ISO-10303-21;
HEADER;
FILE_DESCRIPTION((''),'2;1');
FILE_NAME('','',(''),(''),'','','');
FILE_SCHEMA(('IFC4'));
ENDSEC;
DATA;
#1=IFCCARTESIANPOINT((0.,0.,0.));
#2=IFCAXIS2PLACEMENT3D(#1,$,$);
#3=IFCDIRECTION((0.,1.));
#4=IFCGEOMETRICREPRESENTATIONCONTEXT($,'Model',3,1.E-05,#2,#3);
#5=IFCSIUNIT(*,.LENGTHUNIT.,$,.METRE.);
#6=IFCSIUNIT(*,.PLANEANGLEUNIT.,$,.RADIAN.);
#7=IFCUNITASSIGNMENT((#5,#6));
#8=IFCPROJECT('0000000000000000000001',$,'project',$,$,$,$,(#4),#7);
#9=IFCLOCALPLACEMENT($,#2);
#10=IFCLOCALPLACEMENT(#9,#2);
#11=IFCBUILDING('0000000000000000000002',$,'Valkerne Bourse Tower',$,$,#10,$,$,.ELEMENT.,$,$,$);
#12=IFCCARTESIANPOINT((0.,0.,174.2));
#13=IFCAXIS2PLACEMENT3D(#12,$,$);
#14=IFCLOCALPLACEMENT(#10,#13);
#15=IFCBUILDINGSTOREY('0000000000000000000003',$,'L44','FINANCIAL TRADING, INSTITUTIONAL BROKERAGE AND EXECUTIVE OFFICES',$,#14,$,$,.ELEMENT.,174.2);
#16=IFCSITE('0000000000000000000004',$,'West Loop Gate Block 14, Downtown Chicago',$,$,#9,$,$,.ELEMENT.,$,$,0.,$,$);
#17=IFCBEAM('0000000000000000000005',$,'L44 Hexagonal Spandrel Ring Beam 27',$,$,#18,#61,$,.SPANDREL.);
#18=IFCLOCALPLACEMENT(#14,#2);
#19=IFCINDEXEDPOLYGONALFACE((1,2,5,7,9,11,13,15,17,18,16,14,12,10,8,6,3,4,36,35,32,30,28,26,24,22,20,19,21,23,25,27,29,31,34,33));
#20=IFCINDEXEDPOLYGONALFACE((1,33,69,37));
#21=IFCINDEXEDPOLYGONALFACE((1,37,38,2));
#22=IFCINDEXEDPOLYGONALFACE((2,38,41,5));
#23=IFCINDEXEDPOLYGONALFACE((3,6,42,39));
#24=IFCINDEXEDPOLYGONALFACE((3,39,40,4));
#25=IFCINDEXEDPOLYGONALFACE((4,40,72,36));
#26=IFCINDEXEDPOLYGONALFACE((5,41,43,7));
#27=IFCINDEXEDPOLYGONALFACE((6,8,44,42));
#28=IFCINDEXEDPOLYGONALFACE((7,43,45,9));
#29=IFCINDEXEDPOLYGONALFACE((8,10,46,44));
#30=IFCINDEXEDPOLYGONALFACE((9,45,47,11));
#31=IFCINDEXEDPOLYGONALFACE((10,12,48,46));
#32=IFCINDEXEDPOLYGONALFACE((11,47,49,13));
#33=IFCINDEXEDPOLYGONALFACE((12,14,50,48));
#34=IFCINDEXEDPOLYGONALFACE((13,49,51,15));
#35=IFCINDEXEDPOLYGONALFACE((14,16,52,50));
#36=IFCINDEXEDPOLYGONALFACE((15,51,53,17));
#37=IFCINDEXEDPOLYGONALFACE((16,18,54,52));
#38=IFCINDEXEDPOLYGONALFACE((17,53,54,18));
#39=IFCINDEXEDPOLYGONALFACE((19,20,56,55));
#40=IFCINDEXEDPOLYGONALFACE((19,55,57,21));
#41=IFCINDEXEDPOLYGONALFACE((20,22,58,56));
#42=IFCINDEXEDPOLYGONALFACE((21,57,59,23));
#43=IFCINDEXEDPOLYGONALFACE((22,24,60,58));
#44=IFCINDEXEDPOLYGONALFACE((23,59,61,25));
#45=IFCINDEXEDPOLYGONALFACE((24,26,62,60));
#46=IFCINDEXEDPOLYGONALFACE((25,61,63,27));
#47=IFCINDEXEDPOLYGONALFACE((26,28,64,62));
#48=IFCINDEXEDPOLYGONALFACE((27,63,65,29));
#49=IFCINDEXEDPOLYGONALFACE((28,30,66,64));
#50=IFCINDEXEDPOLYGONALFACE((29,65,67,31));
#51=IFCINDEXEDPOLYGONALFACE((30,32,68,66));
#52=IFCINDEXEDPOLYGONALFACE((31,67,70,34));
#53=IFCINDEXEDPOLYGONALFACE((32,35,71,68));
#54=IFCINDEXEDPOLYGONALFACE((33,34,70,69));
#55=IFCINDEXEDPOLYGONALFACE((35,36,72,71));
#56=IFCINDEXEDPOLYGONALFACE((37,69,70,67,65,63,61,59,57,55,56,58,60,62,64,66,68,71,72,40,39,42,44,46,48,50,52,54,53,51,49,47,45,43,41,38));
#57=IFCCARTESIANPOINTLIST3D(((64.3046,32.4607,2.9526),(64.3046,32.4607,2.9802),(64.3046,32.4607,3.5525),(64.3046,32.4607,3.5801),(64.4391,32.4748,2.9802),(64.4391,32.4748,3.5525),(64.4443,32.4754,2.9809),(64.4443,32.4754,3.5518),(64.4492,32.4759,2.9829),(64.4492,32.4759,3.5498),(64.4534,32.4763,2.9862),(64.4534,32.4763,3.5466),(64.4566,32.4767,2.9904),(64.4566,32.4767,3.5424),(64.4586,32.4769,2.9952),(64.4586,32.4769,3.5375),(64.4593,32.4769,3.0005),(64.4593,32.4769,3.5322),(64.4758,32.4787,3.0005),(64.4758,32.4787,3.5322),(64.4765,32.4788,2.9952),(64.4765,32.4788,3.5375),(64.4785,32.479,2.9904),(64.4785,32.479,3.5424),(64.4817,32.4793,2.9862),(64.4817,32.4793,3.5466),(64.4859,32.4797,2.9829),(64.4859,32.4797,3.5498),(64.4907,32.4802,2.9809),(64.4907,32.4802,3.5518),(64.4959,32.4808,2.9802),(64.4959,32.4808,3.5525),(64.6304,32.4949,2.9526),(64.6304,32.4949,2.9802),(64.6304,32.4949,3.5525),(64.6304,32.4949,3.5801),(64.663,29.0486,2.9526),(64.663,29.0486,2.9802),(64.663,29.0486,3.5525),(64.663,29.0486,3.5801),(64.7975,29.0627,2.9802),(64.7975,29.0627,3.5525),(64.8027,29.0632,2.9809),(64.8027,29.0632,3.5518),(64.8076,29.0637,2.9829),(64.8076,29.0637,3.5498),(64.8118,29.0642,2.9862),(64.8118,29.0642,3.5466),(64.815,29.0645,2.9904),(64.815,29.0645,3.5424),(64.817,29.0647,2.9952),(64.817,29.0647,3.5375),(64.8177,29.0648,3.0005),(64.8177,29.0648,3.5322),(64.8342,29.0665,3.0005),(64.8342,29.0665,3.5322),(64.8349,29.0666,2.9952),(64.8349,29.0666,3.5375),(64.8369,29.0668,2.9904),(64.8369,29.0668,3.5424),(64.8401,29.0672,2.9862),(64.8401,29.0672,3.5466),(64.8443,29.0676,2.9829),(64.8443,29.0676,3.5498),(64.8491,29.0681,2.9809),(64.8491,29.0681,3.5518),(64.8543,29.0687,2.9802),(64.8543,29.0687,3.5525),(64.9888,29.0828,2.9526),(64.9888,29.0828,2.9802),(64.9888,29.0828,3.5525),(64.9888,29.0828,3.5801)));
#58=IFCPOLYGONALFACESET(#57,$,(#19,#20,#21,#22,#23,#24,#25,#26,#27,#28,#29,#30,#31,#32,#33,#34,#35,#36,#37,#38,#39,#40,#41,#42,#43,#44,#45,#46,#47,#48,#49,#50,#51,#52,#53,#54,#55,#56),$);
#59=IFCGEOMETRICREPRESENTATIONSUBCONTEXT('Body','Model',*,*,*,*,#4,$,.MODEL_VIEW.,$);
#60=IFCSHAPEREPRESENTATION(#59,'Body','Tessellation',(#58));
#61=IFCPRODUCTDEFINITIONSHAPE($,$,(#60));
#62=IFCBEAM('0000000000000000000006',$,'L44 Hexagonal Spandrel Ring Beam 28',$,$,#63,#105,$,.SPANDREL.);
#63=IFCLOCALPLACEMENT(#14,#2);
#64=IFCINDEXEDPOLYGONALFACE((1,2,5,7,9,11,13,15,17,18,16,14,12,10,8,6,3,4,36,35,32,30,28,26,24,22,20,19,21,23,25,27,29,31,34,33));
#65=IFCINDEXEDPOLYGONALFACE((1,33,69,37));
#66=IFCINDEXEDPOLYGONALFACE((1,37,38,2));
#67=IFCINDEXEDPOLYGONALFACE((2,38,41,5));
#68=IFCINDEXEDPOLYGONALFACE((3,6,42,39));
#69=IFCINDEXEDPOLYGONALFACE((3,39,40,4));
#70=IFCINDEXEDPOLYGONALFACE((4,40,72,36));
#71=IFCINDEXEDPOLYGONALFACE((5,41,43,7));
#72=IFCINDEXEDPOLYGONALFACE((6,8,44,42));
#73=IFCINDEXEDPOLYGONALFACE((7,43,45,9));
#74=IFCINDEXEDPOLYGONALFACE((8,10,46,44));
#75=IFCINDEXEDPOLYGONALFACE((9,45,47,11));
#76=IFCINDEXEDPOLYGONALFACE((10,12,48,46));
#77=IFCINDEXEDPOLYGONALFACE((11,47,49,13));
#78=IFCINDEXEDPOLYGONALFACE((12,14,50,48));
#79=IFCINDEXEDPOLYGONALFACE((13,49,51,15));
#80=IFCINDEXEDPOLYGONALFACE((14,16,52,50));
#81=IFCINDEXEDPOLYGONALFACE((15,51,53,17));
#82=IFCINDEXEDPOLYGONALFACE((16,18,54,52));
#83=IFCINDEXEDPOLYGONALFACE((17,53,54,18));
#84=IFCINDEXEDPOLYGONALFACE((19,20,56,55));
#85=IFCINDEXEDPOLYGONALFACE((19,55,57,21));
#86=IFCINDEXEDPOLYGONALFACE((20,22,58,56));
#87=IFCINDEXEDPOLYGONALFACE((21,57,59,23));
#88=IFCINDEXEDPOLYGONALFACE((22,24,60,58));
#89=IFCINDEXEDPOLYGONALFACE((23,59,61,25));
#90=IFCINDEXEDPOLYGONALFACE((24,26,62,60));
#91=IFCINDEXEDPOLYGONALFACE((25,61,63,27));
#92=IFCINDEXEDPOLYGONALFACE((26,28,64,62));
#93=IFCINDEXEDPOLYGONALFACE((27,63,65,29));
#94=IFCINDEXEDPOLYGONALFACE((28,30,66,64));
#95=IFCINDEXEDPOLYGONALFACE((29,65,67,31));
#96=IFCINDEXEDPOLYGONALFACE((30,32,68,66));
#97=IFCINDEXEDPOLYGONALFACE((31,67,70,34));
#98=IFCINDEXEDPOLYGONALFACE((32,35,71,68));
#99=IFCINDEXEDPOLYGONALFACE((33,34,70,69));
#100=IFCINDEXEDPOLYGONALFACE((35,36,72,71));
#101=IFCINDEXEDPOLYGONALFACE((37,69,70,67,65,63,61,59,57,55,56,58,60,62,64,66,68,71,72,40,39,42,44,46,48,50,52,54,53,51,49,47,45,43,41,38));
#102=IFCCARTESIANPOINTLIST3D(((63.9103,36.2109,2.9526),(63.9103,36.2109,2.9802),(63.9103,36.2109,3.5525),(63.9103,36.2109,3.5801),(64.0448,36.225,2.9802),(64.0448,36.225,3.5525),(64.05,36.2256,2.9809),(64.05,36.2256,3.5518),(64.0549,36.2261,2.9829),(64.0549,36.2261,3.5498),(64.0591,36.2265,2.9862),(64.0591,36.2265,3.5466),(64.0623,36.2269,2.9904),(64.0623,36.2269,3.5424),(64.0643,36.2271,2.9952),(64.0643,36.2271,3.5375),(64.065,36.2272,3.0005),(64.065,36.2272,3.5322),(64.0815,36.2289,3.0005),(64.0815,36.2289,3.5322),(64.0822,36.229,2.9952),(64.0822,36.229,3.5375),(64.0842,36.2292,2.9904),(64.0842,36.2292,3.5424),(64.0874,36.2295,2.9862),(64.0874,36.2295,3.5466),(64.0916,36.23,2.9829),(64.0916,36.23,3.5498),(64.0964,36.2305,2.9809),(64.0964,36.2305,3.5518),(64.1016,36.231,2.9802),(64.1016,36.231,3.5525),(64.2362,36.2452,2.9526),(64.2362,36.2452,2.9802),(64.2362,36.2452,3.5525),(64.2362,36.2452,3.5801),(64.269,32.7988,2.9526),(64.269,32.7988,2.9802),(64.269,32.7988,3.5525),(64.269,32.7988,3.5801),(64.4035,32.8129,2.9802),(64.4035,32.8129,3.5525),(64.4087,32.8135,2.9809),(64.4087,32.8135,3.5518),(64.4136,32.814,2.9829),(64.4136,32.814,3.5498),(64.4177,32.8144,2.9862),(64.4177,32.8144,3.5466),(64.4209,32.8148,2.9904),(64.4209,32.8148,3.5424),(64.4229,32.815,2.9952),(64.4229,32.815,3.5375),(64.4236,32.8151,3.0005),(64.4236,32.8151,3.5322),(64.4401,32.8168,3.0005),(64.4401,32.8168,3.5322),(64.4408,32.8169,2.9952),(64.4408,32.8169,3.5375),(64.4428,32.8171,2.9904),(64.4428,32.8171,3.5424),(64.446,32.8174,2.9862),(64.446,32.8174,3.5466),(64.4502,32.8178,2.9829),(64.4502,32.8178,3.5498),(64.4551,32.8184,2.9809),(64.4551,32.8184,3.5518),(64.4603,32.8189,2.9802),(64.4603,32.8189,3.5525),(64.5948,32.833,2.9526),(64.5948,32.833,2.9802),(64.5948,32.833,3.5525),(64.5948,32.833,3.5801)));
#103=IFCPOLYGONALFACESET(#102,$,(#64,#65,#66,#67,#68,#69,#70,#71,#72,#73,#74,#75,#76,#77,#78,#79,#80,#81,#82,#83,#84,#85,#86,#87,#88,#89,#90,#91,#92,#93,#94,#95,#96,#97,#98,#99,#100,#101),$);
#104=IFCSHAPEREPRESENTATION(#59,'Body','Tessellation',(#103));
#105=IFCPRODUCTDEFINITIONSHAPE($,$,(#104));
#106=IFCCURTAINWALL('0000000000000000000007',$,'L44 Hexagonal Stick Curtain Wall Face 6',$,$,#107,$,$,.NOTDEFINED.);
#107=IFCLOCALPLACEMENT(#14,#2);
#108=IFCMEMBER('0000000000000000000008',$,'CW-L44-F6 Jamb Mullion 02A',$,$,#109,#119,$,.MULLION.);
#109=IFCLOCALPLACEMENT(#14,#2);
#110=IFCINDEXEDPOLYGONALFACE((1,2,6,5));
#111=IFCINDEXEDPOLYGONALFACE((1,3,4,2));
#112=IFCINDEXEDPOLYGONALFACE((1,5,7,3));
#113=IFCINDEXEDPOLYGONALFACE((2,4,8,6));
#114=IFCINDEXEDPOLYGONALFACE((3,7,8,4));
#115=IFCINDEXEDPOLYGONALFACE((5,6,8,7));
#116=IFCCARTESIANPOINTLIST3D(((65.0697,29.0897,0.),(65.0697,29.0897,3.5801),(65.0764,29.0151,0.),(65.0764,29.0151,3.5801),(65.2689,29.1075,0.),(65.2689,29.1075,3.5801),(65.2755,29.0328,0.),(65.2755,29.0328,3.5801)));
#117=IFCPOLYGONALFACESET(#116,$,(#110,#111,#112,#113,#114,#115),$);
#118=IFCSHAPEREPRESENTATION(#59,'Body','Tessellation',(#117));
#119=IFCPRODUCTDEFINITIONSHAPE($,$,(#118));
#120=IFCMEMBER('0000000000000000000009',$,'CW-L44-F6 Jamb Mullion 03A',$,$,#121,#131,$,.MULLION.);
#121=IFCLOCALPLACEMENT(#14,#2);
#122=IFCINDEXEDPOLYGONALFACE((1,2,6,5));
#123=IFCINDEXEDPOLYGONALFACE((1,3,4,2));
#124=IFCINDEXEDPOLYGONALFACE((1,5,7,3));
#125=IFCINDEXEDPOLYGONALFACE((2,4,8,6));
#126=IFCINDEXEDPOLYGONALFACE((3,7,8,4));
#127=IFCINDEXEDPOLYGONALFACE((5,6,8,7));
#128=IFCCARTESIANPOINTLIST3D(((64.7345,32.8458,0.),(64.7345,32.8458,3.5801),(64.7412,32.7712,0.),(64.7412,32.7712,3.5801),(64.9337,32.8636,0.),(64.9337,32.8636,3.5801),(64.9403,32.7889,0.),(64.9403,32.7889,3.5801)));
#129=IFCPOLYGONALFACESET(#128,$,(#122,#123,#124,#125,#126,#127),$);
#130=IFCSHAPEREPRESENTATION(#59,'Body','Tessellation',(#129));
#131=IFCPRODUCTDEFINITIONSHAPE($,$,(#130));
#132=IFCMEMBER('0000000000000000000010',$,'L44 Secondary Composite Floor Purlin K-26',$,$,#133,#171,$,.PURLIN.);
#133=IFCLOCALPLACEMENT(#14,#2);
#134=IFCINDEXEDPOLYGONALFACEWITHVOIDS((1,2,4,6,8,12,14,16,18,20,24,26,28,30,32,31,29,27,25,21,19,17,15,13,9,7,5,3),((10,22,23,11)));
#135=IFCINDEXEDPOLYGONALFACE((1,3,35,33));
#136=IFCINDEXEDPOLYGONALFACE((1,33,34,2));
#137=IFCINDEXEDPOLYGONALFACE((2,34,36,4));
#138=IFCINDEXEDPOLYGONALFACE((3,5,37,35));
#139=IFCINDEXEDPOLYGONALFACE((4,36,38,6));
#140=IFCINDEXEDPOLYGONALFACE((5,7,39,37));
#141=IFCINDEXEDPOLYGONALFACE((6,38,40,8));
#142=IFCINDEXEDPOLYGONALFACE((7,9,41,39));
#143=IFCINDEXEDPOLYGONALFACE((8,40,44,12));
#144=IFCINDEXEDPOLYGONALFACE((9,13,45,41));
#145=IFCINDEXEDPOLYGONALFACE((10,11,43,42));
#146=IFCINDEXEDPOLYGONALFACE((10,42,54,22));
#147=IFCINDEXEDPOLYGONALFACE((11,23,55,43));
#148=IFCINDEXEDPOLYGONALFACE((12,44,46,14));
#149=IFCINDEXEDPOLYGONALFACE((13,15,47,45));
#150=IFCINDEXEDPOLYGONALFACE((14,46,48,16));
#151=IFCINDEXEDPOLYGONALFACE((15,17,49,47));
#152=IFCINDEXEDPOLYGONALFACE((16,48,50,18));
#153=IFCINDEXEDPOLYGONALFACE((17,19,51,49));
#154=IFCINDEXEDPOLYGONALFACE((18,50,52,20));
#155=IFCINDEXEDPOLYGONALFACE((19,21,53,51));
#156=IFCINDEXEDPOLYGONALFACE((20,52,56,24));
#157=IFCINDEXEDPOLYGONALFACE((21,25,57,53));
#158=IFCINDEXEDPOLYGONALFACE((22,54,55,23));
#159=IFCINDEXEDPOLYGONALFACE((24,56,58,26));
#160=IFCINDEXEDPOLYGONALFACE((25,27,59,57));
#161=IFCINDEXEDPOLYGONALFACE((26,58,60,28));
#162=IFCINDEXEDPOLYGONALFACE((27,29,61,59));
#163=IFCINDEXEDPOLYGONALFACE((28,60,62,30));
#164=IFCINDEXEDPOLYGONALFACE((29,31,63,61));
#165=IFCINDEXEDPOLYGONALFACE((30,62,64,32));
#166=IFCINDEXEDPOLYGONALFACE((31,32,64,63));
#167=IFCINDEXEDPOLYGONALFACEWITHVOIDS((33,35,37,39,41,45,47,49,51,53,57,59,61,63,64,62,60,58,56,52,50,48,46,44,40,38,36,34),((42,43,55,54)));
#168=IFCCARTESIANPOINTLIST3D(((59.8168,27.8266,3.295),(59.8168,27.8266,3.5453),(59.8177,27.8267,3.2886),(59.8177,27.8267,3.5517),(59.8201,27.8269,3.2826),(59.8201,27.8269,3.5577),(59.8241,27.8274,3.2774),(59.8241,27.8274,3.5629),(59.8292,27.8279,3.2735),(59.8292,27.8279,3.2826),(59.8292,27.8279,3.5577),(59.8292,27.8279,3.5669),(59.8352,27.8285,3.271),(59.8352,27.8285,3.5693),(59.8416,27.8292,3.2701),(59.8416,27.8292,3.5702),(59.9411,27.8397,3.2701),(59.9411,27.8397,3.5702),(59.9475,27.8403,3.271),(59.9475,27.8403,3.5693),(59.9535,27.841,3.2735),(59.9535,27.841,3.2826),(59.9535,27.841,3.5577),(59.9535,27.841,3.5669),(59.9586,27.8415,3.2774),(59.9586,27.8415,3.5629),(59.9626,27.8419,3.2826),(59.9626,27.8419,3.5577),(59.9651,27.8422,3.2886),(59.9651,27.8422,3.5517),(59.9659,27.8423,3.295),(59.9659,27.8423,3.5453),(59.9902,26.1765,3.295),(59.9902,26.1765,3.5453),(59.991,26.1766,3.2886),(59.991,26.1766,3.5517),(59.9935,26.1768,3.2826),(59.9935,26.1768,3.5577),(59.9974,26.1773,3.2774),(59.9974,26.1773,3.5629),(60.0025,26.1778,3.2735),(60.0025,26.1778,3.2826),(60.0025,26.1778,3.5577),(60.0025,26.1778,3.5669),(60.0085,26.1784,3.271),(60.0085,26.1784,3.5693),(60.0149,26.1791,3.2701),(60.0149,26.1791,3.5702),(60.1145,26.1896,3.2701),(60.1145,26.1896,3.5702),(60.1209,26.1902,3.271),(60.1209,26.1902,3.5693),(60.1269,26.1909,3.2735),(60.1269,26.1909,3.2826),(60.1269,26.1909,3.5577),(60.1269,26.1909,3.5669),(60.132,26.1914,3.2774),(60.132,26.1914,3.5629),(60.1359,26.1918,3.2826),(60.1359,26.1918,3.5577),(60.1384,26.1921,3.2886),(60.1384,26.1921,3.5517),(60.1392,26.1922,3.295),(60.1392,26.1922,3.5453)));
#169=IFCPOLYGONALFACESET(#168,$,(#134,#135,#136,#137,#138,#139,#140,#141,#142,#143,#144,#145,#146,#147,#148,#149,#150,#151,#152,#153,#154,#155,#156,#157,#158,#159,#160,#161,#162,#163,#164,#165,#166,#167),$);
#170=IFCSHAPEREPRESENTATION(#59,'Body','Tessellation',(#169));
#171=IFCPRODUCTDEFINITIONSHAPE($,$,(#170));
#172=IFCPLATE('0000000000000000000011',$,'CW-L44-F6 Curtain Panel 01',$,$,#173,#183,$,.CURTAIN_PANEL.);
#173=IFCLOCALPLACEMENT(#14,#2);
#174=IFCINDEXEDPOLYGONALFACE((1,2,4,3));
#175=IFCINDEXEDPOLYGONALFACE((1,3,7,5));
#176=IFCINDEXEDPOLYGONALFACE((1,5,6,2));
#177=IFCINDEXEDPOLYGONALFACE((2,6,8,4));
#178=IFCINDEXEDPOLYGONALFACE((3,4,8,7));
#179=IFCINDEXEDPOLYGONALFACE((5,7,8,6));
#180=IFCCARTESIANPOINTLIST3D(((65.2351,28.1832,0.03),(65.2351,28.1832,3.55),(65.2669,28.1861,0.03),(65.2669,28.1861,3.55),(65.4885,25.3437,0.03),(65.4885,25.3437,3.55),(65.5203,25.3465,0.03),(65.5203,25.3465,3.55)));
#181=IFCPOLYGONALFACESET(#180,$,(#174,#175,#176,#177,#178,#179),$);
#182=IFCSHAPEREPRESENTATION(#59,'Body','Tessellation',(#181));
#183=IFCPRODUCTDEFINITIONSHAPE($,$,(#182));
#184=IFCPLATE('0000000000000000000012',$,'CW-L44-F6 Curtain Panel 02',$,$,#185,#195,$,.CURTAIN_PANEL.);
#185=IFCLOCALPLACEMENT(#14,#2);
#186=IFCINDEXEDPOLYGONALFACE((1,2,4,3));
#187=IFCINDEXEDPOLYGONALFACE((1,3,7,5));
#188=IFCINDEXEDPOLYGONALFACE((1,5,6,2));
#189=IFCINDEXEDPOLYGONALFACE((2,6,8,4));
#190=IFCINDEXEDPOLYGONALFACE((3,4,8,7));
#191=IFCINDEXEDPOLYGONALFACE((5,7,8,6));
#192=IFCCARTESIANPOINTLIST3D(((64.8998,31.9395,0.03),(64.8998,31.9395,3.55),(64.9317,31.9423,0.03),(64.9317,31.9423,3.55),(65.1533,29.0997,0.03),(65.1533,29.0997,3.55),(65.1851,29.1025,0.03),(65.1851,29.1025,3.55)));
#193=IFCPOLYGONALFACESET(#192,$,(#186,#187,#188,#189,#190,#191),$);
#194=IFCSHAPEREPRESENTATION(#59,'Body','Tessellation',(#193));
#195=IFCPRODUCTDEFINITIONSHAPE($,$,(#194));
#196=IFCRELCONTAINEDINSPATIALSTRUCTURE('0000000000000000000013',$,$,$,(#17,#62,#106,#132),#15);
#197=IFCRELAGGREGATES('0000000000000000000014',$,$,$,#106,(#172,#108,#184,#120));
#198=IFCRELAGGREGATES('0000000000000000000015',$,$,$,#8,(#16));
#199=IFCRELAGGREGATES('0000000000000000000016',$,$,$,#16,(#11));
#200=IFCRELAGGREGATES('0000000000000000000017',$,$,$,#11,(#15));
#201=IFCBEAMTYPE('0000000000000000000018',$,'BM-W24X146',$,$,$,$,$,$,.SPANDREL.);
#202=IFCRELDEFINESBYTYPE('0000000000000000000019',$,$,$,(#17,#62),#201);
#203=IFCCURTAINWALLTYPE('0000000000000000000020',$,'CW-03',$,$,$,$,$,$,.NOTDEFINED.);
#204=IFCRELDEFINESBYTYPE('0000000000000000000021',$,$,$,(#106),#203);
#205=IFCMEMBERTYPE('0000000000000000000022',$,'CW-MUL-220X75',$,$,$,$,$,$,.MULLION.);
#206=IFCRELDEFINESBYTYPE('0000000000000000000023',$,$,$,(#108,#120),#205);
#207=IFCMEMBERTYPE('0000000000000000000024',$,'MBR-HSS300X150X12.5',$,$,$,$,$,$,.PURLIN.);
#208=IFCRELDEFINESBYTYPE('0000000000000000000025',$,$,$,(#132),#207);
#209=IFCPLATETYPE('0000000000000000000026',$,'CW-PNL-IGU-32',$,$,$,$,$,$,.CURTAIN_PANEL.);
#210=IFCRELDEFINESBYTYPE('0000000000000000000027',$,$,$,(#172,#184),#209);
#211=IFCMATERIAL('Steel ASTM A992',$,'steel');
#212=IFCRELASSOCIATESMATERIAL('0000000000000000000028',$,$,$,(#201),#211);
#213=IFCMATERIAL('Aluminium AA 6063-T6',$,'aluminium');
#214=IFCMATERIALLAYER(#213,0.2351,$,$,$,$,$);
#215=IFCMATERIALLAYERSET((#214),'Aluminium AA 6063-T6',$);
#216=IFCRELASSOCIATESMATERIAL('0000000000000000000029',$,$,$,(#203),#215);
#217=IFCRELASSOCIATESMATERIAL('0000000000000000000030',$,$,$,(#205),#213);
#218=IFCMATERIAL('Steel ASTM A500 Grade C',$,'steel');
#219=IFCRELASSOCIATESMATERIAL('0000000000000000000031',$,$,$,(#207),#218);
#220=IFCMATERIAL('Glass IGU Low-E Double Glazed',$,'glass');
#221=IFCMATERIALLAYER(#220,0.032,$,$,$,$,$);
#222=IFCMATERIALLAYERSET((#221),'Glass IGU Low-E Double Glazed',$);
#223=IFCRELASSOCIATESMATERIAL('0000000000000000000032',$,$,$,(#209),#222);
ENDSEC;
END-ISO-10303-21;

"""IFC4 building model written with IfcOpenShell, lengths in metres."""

from ifc_helpers import new_model, si_unit, direction, frame, origin, origin_2d, place, context, subcontext, project, spatial, rectangle, hollow_rectangle, i_section, extrude, material, layer, layer_set, material_profile, profile_set, type_object, element, aggregate, save


model = new_model("IFC4")

# Units and contexts
model_context = context("Model", 3, precision=1e-05, world=origin(), true_north=direction((0.0, 1.0)))
body_context = subcontext(model_context, "Body", "Model", "MODEL_VIEW")
ifc_project = project(units=[si_unit("LENGTHUNIT", "METRE"), si_unit("PLANEANGLEUNIT", "RADIAN")], contexts=[model_context])

# Site, building, storey
site_placement = place(None, origin())
site = spatial("IfcSite", under=ifc_project, at=site_placement, Name="West Loop Gate Block 14, Downtown Chicago", CompositionType="ELEMENT", RefElevation=0.0)
building_placement = place(site_placement, origin())
building = spatial("IfcBuilding", under=site, at=building_placement, Name="Valkerne Bourse Tower", CompositionType="ELEMENT")
storey_placement = place(building_placement, frame((0.0, 0.0, 174.2)))
storey = spatial("IfcBuildingStorey", under=building, at=storey_placement, Name="L44", Description="FINANCIAL TRADING, INSTITUTIONAL BROKERAGE AND EXECUTIVE OFFICES", CompositionType="ELEMENT", Elevation=174.2)

# Beams
ifc_material_1 = material(Name="Steel ASTM A992", Category="steel")
ifc_material_profile_1 = material_profile(ifc_material_1, i_section(OverallWidth=0.3276, OverallDepth=0.6274, WebThickness=0.0166, FlangeThickness=0.0276, FilletRadius=0.0203, at=origin_2d()), Name="W24X146")
ifc_profile_set_1 = profile_set([ifc_material_profile_1], Name="Steel ASTM A992")
beam_type_1 = type_object("IfcBeamType", Name="BM-W24X146", PredefinedType="SPANDREL", material=ifc_profile_set_1)
for number, where, z_axis, x_axis, name in (
    (1, (64.8259, 29.0657, 3.2664), (-0.104463, 0.994529, 0.0), (-0.994529, -0.104463, 0.0), "L44 Hexagonal Spandrel Ring Beam 27"),
    (2, (64.4319, 32.8159, 3.2664), (-0.104533, 0.994521, 0.0), (-0.994521, -0.104533, 0.0), "L44 Hexagonal Spandrel Ring Beam 28"),
):
    element("IfcBeam", number, at=place(storey_placement, frame(where, z_axis=z_axis, x_axis=x_axis)), inside=storey, type_object=beam_type_1, Name=name, PredefinedType="SPANDREL", context=body_context, shape_type="SweptSolid", body=[
        extrude(i_section(OverallWidth=0.3276, OverallDepth=0.6274, WebThickness=0.0166, FlangeThickness=0.0276, FilletRadius=0.0203, at=origin_2d()), origin(), (0.0, 0.0, 1.0), 3.4309),
    ])

# Curtain wall, members
ifc_material_2 = material(Name="Aluminium AA 6063-T6", Category="aluminium")
ifc_layer_1 = layer(ifc_material_2, 0.2351)
ifc_layer_set_1 = layer_set([ifc_layer_1], Name="Aluminium AA 6063-T6")
curtain_wall_type = type_object("IfcCurtainWallType", Name="CW-03", PredefinedType="NOTDEFINED", material=ifc_layer_set_1)
curtain_wall_placement = place(storey_placement, origin())
curtain_wall = element("IfcCurtainWall", 3, at=curtain_wall_placement, inside=storey, type_object=curtain_wall_type, Name="L44 Hexagonal Stick Curtain Wall Face 6", PredefinedType="NOTDEFINED")
ifc_material_profile_2 = material_profile(ifc_material_2, rectangle(XDim=0.075, YDim=0.2, at=origin_2d()), Name="CWM-75X200")
ifc_profile_set_2 = profile_set([ifc_material_profile_2], Name="Aluminium AA 6063-T6")
member_type_1 = type_object("IfcMemberType", Name="CW-MUL-220X75", PredefinedType="MULLION", material=ifc_profile_set_2)
member_1_placement = place(storey_placement, frame((65.1726, 29.0613, 0.0), z_axis=(0.0, 0.0, 1.0), x_axis=(-0.088888, 0.996042, 0.0)))
member_1 = element("IfcMember", 4, at=member_1_placement, type_object=member_type_1, Name="CW-L44-F6 Jamb Mullion 02A", PredefinedType="MULLION", context=body_context, shape_type="SweptSolid", body=[
    extrude(rectangle(XDim=0.075, YDim=0.2, at=origin_2d()), origin(), (0.0, 0.0, 1.0), 3.5801),
])
member_2_placement = place(storey_placement, frame((64.8374, 32.8174, 0.0), z_axis=(0.0, 0.0, 1.0), x_axis=(-0.088888, 0.996042, 0.0)))
member_2 = element("IfcMember", 5, at=member_2_placement, type_object=member_type_1, Name="CW-L44-F6 Jamb Mullion 03A", PredefinedType="MULLION", context=body_context, shape_type="SweptSolid", body=[
    extrude(rectangle(XDim=0.075, YDim=0.2, at=origin_2d()), origin(), (0.0, 0.0, 1.0), 3.5801),
])

# Member
ifc_material_3 = material(Name="Steel ASTM A500 Grade C", Category="steel")
ifc_material_profile_3 = material_profile(ifc_material_3, hollow_rectangle(XDim=0.1499, YDim=0.3, WallThickness=0.0125, OuterFilletRadius=0.0249, at=origin_2d()), Name="HSS300X150X12.5")
ifc_profile_set_3 = profile_set([ifc_material_profile_3], Name="Steel ASTM A500 Grade C")
member_type_2 = type_object("IfcMemberType", Name="MBR-HSS300X150X12.5", PredefinedType="PURLIN", material=ifc_profile_set_3)
member_3_placement = place(storey_placement, frame((60.0647, 26.1843, 3.4202), z_axis=(-0.10447, 0.994528, 0.0), x_axis=(-0.994528, -0.10447, 0.0)))
element("IfcMember", 6, at=member_3_placement, inside=storey, type_object=member_type_2, Name="L44 Secondary Composite Floor Purlin K-26", PredefinedType="PURLIN", context=body_context, shape_type="SweptSolid", body=[
    extrude(hollow_rectangle(XDim=0.1499, YDim=0.3, WallThickness=0.0125, OuterFilletRadius=0.0249, at=origin_2d()), origin(), (0.0, 0.0, 1.0), 1.6592),
])

# Plates
ifc_material_4 = material(Name="Glass IGU Low-E Double Glazed", Category="glass")
ifc_layer_2 = layer(ifc_material_4, 0.032)
ifc_layer_set_2 = layer_set([ifc_layer_2], Name="Glass IGU Low-E Double Glazed")
plate_type_1 = type_object("IfcPlateType", Name="CW-PNL-IGU-32", PredefinedType="CURTAIN_PANEL", material=ifc_layer_set_2)
plate_1_placement = place(storey_placement, frame((65.3777, 26.7649, 0.03), z_axis=(0.0, 0.0, 1.0), x_axis=(-0.088891, 0.996041, 0.0)))
plate_1 = element("IfcPlate", 7, at=plate_1_placement, type_object=plate_type_1, Name="CW-L44-F6 Curtain Panel 01", PredefinedType="CURTAIN_PANEL", context=body_context, shape_type="SweptSolid", body=[
    extrude(rectangle(XDim=2.8508, YDim=0.032, at=origin_2d()), origin(), (0.0, 0.0, 1.0), 3.52),
])
plate_2_placement = place(storey_placement, frame((65.0425, 30.521, 0.03), z_axis=(0.0, 0.0, 1.0), x_axis=(-0.088888, 0.996042, 0.0)))
plate_2 = element("IfcPlate", 8, at=plate_2_placement, type_object=plate_type_1, Name="CW-L44-F6 Curtain Panel 02", PredefinedType="CURTAIN_PANEL", context=body_context, shape_type="SweptSolid", body=[
    extrude(rectangle(XDim=2.8511, YDim=0.032, at=origin_2d()), origin(), (0.0, 0.0, 1.0), 3.52),
])
aggregate(curtain_wall, [plate_1, member_1, plate_2, member_2])

save(model, "model.ifc")
